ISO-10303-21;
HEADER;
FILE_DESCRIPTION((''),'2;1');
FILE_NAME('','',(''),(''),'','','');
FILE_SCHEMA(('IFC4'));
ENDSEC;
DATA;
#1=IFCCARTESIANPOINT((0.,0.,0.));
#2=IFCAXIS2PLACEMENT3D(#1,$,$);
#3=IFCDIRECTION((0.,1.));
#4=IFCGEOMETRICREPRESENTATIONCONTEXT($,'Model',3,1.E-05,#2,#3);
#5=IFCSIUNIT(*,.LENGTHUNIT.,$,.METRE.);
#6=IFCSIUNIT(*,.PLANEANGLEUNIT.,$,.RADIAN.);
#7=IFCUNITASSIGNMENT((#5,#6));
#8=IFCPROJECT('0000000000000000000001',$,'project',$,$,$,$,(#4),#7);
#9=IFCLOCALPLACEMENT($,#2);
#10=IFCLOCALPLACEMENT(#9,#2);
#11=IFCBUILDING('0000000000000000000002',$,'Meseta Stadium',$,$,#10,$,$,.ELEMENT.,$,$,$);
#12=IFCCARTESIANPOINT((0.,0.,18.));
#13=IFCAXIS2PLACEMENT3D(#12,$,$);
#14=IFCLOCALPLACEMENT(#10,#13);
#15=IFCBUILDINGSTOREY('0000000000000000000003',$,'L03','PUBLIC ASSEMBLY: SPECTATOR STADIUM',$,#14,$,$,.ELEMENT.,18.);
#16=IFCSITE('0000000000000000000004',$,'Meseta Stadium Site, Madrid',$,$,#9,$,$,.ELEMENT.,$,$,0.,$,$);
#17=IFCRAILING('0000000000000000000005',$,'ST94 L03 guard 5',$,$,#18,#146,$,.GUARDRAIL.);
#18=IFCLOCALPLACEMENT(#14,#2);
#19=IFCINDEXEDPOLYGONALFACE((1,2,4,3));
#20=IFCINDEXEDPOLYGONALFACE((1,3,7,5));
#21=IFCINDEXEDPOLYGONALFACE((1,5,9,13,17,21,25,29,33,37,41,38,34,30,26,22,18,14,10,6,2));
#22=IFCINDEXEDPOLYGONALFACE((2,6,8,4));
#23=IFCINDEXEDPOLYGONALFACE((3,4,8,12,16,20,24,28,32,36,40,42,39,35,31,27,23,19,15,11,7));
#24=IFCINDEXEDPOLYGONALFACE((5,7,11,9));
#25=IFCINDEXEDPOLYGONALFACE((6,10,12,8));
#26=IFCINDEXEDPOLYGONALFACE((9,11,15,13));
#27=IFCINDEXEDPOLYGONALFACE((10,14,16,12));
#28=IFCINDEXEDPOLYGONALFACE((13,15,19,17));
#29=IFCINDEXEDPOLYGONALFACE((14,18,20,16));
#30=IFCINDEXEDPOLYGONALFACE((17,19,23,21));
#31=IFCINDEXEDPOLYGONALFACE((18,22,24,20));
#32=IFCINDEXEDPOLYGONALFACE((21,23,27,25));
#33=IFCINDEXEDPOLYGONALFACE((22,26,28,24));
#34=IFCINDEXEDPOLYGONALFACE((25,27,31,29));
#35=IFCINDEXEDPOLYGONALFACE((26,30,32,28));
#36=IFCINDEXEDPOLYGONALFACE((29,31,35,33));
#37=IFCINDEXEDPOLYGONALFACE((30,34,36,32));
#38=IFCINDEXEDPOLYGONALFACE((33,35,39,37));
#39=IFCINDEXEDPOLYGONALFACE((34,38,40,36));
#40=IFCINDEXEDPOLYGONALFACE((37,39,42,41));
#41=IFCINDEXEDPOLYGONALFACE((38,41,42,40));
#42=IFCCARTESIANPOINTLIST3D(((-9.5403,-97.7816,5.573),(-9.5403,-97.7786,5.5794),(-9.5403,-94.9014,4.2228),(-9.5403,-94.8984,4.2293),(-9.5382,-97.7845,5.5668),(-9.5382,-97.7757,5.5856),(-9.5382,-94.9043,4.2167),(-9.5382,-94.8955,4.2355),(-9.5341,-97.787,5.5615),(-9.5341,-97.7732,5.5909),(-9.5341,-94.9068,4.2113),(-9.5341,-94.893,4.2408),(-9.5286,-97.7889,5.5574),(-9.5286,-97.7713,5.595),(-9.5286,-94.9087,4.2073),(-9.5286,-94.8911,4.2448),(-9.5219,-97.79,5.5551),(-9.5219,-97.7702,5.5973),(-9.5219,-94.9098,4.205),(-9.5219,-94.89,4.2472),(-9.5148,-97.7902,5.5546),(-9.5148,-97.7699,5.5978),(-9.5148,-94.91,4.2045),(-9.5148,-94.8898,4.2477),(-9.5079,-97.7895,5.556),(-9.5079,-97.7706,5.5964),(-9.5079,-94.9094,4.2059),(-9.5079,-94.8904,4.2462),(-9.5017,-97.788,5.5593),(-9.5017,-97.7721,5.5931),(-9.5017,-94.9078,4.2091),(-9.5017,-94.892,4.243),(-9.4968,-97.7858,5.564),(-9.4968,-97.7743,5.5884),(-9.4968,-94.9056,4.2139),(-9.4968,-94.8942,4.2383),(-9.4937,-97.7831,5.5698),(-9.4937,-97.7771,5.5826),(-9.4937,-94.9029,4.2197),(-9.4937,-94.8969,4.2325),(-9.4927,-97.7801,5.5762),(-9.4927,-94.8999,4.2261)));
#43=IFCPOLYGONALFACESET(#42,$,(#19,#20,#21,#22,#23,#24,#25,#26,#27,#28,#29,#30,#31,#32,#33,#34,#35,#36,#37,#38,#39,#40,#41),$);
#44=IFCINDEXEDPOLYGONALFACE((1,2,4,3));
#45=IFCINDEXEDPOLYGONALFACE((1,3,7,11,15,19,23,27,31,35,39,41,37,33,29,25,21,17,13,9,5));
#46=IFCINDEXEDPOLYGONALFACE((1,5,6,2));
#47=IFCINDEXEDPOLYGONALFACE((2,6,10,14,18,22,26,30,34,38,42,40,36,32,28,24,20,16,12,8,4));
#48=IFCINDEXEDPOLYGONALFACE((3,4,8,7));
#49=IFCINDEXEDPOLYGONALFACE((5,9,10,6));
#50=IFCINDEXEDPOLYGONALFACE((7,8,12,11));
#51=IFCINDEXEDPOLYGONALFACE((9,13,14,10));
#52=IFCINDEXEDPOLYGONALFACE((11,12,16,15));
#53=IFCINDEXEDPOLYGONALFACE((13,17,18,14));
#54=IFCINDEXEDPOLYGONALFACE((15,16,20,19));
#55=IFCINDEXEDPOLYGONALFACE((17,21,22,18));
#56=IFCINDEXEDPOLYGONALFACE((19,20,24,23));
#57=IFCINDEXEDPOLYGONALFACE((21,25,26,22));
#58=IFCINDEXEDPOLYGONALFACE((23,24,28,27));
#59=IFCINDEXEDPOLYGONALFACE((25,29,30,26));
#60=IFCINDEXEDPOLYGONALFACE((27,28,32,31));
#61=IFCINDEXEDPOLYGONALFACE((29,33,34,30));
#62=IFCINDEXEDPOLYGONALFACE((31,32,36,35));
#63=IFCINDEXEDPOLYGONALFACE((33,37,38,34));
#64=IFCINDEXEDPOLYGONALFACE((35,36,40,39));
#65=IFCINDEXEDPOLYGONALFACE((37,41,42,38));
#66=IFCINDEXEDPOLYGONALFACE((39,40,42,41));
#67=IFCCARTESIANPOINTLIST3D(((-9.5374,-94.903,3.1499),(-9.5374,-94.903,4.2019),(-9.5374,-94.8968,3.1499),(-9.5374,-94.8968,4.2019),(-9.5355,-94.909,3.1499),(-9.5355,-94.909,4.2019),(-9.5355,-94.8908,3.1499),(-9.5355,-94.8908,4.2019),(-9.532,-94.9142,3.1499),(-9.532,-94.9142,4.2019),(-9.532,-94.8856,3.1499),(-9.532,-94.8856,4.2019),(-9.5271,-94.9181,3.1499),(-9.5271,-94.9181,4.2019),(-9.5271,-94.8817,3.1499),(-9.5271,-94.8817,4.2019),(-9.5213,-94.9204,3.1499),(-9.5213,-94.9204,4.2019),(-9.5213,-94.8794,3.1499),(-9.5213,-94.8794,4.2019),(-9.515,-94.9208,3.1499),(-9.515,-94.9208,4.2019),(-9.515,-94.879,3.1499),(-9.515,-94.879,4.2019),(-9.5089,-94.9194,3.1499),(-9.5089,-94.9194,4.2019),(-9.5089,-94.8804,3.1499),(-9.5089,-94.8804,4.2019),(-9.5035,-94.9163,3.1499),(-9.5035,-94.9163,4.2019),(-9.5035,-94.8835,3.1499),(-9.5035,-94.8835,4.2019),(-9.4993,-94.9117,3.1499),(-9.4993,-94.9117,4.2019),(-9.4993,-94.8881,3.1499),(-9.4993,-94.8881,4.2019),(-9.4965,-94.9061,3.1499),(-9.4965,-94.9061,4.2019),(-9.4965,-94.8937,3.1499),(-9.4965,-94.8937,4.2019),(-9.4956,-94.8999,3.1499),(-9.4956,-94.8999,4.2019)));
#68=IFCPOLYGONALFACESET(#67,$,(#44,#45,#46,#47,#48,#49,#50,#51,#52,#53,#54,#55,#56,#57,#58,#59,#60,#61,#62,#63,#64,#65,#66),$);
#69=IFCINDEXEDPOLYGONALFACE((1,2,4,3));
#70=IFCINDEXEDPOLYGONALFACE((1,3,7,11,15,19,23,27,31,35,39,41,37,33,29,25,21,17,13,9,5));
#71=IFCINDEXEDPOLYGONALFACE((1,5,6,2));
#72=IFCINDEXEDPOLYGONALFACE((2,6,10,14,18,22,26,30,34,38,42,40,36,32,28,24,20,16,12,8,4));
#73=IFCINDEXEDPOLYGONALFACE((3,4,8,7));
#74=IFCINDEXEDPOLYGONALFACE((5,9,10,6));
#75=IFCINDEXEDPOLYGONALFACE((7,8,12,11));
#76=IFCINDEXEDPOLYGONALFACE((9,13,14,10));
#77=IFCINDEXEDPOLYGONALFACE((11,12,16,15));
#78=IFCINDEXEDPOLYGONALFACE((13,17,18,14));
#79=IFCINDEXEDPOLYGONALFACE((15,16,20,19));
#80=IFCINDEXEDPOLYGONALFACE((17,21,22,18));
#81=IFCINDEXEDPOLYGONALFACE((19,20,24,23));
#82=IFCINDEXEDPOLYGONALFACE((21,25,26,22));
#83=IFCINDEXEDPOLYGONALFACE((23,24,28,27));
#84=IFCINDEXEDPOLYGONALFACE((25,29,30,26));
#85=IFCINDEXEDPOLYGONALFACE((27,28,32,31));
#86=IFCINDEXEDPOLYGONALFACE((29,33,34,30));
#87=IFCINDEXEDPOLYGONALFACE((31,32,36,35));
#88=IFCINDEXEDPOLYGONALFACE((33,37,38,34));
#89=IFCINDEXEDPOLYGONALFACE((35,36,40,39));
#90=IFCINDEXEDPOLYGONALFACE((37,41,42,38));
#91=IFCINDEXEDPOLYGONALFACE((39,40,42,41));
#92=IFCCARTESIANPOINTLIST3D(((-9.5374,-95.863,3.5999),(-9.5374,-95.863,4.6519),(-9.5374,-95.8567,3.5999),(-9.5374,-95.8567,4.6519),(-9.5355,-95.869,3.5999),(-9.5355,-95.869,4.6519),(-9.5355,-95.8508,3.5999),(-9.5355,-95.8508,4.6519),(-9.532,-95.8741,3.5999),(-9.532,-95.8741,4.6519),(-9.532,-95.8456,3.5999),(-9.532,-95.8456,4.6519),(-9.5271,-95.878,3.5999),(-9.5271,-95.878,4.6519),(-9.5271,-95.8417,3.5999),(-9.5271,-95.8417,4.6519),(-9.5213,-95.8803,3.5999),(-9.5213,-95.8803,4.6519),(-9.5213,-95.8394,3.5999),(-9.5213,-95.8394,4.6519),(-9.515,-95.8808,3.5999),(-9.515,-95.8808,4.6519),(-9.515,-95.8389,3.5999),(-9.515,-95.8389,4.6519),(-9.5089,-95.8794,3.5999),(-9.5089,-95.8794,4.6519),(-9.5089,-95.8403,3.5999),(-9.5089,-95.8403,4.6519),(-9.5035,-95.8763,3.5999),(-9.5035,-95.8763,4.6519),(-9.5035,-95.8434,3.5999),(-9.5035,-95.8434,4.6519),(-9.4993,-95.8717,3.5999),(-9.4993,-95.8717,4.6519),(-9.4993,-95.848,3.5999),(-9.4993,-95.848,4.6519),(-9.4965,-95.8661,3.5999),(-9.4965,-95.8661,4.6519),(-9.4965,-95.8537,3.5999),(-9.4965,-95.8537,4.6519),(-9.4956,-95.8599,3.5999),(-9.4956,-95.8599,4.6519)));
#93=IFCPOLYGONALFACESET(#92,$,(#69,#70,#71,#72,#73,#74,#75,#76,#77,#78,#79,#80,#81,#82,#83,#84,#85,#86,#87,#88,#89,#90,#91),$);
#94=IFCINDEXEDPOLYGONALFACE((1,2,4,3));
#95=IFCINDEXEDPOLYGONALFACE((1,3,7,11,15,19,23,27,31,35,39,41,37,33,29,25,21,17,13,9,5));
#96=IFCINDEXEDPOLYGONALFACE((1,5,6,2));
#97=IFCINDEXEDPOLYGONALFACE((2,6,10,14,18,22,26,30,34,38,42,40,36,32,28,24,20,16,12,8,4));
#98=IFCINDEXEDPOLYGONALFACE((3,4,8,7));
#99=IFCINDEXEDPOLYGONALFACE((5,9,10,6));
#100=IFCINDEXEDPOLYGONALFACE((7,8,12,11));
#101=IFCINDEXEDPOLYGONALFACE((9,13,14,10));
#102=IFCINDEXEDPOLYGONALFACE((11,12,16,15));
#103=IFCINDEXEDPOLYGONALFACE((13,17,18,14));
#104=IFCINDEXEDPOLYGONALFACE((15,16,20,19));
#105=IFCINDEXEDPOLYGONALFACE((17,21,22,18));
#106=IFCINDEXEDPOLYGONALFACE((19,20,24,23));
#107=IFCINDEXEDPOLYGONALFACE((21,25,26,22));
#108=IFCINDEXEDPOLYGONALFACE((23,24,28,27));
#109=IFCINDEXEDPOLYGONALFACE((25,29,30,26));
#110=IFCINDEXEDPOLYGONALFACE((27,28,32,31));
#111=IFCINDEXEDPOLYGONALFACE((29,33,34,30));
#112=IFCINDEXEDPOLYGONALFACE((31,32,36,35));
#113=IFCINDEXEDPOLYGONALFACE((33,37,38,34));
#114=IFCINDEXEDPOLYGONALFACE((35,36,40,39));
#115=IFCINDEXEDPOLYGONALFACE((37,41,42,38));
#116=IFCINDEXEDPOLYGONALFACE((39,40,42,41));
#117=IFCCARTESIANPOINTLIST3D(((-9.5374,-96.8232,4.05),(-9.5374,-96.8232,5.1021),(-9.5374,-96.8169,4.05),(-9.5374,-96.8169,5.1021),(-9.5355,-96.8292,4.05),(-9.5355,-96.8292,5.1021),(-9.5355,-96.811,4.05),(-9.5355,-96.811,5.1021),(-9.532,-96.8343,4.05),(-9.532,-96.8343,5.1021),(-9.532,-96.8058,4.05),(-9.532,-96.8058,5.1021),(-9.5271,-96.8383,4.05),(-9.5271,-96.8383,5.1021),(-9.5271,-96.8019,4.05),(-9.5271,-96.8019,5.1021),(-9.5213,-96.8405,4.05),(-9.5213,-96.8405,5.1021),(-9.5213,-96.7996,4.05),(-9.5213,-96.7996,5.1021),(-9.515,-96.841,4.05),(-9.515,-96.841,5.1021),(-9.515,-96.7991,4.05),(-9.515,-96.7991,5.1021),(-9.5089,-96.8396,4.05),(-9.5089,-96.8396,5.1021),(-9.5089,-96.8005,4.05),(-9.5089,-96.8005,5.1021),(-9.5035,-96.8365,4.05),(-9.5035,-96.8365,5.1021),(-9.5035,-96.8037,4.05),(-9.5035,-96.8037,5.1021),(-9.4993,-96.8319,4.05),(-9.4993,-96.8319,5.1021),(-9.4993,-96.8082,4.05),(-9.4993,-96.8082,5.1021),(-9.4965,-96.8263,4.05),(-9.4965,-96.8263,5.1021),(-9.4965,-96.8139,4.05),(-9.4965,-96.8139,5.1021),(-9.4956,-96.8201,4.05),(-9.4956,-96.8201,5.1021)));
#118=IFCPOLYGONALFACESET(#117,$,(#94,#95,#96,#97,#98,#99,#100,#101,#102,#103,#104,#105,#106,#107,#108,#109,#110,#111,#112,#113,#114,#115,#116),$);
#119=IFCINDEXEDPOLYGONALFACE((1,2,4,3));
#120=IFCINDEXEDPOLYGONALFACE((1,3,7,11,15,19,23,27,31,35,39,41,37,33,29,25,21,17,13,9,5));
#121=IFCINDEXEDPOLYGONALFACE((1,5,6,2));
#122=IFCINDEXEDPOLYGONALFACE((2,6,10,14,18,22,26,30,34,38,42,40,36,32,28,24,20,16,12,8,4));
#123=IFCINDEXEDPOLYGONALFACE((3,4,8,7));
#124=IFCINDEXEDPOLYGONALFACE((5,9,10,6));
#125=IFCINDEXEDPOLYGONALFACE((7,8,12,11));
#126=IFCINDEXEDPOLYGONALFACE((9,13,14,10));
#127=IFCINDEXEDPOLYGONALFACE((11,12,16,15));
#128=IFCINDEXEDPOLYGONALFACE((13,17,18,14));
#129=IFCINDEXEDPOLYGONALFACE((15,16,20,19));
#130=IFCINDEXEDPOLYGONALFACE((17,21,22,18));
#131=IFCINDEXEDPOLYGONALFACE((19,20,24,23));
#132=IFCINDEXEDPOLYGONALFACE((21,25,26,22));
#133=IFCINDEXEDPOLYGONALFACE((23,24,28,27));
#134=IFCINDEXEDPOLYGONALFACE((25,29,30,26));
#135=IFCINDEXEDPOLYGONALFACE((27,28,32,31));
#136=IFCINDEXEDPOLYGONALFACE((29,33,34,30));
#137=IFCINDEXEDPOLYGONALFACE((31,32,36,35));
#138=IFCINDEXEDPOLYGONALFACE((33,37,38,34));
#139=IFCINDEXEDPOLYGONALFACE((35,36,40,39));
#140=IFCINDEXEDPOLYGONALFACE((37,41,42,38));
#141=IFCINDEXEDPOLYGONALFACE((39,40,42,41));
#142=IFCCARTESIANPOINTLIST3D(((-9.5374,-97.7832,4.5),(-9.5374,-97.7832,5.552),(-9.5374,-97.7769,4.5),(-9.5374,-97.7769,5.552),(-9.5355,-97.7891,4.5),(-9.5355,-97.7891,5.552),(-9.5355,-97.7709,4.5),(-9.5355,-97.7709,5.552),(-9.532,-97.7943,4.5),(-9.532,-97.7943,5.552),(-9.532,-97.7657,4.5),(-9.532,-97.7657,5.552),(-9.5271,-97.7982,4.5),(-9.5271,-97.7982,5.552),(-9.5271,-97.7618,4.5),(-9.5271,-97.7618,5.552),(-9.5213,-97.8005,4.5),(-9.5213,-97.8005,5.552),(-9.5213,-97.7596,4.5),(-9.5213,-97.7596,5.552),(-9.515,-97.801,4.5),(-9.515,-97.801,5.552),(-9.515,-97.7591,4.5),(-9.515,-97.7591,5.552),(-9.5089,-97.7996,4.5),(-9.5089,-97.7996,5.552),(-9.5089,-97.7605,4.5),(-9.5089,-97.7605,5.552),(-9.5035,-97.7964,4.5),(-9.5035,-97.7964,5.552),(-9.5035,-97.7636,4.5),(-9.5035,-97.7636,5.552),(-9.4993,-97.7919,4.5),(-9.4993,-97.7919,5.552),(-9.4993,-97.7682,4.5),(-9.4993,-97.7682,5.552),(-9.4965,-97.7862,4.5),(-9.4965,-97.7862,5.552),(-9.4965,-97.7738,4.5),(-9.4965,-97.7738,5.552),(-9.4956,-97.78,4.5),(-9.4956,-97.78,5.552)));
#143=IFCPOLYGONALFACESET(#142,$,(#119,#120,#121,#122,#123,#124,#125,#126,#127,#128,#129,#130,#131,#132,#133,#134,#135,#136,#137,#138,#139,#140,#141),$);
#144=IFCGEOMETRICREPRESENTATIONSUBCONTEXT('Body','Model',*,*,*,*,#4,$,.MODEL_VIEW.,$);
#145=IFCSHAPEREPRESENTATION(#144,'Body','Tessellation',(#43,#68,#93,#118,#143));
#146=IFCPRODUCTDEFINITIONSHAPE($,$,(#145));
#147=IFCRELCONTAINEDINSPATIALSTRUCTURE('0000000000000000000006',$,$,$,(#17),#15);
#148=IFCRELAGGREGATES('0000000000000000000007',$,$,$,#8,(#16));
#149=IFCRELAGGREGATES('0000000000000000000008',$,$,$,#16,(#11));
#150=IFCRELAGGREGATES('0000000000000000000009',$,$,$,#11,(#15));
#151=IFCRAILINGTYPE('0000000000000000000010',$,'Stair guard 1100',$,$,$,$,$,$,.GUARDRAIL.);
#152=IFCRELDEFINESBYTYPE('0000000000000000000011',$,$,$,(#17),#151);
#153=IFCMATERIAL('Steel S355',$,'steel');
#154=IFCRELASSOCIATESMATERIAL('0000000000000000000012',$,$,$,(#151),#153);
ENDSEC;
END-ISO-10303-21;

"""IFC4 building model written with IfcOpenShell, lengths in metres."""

from ifc_helpers import new_model, si_unit, direction, frame, origin, origin_2d, place, context, subcontext, project, spatial, circle, extrude, material, type_object, element, save


model = new_model("IFC4")

# Units and contexts
model_context = context("Model", 3, precision=1e-05, world=origin(), true_north=direction((0.0, 1.0)))
body_context = subcontext(model_context, "Body", "Model", "MODEL_VIEW")
ifc_project = project(units=[si_unit("LENGTHUNIT", "METRE"), si_unit("PLANEANGLEUNIT", "RADIAN")], contexts=[model_context])

# Site, building, storey
site_placement = place(None, origin())
site = spatial("IfcSite", under=ifc_project, at=site_placement, Name="Meseta Stadium Site, Madrid", CompositionType="ELEMENT", RefElevation=0.0)
building_placement = place(site_placement, origin())
building = spatial("IfcBuilding", under=site, at=building_placement, Name="Meseta Stadium", CompositionType="ELEMENT")
storey_placement = place(building_placement, frame((0.0, 0.0, 18.0)))
storey = spatial("IfcBuildingStorey", under=building, at=storey_placement, Name="L03", Description="PUBLIC ASSEMBLY: SPECTATOR STADIUM", CompositionType="ELEMENT", Elevation=18.0)

# Railing
ifc_material_1 = material(Name="Steel S355", Category="steel")
railing_type_1 = type_object("IfcRailingType", Name="Stair guard 1100", PredefinedType="GUARDRAIL", material=ifc_material_1)
railing_1_placement = place(storey_placement, frame((-9.5166, -94.8999, 3.1499)))
element("IfcRailing", 1, at=railing_1_placement, inside=storey, type_object=railing_type_1, Name="ST94 L03 guard 5", PredefinedType="GUARDRAIL", context=body_context, shape_type="SweptSolid", body=[
    extrude(circle(Radius=0.0239, at=origin_2d()), frame((0.0, 0.0, 1.0762), z_axis=(0.0, -0.905454, 0.424444), x_axis=(1.0, 0.0, 0.0)), (0.0, 0.0, 1.0), 3.1809),
    extrude(circle(Radius=0.021, at=origin_2d()), origin(), (0.0, 0.0, 1.0), 1.052),
    extrude(circle(Radius=0.021, at=origin_2d()), frame((0.0, -0.96, 0.45)), (0.0, 0.0, 1.0), 1.052),
    extrude(circle(Radius=0.021, at=origin_2d()), frame((0.0, -1.9202, 0.9001)), (0.0, 0.0, 1.0), 1.052),
    extrude(circle(Radius=0.021, at=origin_2d()), frame((0.0, -2.8801, 1.3501)), (0.0, 0.0, 1.0), 1.052),
])

save(model, "model.ifc")
